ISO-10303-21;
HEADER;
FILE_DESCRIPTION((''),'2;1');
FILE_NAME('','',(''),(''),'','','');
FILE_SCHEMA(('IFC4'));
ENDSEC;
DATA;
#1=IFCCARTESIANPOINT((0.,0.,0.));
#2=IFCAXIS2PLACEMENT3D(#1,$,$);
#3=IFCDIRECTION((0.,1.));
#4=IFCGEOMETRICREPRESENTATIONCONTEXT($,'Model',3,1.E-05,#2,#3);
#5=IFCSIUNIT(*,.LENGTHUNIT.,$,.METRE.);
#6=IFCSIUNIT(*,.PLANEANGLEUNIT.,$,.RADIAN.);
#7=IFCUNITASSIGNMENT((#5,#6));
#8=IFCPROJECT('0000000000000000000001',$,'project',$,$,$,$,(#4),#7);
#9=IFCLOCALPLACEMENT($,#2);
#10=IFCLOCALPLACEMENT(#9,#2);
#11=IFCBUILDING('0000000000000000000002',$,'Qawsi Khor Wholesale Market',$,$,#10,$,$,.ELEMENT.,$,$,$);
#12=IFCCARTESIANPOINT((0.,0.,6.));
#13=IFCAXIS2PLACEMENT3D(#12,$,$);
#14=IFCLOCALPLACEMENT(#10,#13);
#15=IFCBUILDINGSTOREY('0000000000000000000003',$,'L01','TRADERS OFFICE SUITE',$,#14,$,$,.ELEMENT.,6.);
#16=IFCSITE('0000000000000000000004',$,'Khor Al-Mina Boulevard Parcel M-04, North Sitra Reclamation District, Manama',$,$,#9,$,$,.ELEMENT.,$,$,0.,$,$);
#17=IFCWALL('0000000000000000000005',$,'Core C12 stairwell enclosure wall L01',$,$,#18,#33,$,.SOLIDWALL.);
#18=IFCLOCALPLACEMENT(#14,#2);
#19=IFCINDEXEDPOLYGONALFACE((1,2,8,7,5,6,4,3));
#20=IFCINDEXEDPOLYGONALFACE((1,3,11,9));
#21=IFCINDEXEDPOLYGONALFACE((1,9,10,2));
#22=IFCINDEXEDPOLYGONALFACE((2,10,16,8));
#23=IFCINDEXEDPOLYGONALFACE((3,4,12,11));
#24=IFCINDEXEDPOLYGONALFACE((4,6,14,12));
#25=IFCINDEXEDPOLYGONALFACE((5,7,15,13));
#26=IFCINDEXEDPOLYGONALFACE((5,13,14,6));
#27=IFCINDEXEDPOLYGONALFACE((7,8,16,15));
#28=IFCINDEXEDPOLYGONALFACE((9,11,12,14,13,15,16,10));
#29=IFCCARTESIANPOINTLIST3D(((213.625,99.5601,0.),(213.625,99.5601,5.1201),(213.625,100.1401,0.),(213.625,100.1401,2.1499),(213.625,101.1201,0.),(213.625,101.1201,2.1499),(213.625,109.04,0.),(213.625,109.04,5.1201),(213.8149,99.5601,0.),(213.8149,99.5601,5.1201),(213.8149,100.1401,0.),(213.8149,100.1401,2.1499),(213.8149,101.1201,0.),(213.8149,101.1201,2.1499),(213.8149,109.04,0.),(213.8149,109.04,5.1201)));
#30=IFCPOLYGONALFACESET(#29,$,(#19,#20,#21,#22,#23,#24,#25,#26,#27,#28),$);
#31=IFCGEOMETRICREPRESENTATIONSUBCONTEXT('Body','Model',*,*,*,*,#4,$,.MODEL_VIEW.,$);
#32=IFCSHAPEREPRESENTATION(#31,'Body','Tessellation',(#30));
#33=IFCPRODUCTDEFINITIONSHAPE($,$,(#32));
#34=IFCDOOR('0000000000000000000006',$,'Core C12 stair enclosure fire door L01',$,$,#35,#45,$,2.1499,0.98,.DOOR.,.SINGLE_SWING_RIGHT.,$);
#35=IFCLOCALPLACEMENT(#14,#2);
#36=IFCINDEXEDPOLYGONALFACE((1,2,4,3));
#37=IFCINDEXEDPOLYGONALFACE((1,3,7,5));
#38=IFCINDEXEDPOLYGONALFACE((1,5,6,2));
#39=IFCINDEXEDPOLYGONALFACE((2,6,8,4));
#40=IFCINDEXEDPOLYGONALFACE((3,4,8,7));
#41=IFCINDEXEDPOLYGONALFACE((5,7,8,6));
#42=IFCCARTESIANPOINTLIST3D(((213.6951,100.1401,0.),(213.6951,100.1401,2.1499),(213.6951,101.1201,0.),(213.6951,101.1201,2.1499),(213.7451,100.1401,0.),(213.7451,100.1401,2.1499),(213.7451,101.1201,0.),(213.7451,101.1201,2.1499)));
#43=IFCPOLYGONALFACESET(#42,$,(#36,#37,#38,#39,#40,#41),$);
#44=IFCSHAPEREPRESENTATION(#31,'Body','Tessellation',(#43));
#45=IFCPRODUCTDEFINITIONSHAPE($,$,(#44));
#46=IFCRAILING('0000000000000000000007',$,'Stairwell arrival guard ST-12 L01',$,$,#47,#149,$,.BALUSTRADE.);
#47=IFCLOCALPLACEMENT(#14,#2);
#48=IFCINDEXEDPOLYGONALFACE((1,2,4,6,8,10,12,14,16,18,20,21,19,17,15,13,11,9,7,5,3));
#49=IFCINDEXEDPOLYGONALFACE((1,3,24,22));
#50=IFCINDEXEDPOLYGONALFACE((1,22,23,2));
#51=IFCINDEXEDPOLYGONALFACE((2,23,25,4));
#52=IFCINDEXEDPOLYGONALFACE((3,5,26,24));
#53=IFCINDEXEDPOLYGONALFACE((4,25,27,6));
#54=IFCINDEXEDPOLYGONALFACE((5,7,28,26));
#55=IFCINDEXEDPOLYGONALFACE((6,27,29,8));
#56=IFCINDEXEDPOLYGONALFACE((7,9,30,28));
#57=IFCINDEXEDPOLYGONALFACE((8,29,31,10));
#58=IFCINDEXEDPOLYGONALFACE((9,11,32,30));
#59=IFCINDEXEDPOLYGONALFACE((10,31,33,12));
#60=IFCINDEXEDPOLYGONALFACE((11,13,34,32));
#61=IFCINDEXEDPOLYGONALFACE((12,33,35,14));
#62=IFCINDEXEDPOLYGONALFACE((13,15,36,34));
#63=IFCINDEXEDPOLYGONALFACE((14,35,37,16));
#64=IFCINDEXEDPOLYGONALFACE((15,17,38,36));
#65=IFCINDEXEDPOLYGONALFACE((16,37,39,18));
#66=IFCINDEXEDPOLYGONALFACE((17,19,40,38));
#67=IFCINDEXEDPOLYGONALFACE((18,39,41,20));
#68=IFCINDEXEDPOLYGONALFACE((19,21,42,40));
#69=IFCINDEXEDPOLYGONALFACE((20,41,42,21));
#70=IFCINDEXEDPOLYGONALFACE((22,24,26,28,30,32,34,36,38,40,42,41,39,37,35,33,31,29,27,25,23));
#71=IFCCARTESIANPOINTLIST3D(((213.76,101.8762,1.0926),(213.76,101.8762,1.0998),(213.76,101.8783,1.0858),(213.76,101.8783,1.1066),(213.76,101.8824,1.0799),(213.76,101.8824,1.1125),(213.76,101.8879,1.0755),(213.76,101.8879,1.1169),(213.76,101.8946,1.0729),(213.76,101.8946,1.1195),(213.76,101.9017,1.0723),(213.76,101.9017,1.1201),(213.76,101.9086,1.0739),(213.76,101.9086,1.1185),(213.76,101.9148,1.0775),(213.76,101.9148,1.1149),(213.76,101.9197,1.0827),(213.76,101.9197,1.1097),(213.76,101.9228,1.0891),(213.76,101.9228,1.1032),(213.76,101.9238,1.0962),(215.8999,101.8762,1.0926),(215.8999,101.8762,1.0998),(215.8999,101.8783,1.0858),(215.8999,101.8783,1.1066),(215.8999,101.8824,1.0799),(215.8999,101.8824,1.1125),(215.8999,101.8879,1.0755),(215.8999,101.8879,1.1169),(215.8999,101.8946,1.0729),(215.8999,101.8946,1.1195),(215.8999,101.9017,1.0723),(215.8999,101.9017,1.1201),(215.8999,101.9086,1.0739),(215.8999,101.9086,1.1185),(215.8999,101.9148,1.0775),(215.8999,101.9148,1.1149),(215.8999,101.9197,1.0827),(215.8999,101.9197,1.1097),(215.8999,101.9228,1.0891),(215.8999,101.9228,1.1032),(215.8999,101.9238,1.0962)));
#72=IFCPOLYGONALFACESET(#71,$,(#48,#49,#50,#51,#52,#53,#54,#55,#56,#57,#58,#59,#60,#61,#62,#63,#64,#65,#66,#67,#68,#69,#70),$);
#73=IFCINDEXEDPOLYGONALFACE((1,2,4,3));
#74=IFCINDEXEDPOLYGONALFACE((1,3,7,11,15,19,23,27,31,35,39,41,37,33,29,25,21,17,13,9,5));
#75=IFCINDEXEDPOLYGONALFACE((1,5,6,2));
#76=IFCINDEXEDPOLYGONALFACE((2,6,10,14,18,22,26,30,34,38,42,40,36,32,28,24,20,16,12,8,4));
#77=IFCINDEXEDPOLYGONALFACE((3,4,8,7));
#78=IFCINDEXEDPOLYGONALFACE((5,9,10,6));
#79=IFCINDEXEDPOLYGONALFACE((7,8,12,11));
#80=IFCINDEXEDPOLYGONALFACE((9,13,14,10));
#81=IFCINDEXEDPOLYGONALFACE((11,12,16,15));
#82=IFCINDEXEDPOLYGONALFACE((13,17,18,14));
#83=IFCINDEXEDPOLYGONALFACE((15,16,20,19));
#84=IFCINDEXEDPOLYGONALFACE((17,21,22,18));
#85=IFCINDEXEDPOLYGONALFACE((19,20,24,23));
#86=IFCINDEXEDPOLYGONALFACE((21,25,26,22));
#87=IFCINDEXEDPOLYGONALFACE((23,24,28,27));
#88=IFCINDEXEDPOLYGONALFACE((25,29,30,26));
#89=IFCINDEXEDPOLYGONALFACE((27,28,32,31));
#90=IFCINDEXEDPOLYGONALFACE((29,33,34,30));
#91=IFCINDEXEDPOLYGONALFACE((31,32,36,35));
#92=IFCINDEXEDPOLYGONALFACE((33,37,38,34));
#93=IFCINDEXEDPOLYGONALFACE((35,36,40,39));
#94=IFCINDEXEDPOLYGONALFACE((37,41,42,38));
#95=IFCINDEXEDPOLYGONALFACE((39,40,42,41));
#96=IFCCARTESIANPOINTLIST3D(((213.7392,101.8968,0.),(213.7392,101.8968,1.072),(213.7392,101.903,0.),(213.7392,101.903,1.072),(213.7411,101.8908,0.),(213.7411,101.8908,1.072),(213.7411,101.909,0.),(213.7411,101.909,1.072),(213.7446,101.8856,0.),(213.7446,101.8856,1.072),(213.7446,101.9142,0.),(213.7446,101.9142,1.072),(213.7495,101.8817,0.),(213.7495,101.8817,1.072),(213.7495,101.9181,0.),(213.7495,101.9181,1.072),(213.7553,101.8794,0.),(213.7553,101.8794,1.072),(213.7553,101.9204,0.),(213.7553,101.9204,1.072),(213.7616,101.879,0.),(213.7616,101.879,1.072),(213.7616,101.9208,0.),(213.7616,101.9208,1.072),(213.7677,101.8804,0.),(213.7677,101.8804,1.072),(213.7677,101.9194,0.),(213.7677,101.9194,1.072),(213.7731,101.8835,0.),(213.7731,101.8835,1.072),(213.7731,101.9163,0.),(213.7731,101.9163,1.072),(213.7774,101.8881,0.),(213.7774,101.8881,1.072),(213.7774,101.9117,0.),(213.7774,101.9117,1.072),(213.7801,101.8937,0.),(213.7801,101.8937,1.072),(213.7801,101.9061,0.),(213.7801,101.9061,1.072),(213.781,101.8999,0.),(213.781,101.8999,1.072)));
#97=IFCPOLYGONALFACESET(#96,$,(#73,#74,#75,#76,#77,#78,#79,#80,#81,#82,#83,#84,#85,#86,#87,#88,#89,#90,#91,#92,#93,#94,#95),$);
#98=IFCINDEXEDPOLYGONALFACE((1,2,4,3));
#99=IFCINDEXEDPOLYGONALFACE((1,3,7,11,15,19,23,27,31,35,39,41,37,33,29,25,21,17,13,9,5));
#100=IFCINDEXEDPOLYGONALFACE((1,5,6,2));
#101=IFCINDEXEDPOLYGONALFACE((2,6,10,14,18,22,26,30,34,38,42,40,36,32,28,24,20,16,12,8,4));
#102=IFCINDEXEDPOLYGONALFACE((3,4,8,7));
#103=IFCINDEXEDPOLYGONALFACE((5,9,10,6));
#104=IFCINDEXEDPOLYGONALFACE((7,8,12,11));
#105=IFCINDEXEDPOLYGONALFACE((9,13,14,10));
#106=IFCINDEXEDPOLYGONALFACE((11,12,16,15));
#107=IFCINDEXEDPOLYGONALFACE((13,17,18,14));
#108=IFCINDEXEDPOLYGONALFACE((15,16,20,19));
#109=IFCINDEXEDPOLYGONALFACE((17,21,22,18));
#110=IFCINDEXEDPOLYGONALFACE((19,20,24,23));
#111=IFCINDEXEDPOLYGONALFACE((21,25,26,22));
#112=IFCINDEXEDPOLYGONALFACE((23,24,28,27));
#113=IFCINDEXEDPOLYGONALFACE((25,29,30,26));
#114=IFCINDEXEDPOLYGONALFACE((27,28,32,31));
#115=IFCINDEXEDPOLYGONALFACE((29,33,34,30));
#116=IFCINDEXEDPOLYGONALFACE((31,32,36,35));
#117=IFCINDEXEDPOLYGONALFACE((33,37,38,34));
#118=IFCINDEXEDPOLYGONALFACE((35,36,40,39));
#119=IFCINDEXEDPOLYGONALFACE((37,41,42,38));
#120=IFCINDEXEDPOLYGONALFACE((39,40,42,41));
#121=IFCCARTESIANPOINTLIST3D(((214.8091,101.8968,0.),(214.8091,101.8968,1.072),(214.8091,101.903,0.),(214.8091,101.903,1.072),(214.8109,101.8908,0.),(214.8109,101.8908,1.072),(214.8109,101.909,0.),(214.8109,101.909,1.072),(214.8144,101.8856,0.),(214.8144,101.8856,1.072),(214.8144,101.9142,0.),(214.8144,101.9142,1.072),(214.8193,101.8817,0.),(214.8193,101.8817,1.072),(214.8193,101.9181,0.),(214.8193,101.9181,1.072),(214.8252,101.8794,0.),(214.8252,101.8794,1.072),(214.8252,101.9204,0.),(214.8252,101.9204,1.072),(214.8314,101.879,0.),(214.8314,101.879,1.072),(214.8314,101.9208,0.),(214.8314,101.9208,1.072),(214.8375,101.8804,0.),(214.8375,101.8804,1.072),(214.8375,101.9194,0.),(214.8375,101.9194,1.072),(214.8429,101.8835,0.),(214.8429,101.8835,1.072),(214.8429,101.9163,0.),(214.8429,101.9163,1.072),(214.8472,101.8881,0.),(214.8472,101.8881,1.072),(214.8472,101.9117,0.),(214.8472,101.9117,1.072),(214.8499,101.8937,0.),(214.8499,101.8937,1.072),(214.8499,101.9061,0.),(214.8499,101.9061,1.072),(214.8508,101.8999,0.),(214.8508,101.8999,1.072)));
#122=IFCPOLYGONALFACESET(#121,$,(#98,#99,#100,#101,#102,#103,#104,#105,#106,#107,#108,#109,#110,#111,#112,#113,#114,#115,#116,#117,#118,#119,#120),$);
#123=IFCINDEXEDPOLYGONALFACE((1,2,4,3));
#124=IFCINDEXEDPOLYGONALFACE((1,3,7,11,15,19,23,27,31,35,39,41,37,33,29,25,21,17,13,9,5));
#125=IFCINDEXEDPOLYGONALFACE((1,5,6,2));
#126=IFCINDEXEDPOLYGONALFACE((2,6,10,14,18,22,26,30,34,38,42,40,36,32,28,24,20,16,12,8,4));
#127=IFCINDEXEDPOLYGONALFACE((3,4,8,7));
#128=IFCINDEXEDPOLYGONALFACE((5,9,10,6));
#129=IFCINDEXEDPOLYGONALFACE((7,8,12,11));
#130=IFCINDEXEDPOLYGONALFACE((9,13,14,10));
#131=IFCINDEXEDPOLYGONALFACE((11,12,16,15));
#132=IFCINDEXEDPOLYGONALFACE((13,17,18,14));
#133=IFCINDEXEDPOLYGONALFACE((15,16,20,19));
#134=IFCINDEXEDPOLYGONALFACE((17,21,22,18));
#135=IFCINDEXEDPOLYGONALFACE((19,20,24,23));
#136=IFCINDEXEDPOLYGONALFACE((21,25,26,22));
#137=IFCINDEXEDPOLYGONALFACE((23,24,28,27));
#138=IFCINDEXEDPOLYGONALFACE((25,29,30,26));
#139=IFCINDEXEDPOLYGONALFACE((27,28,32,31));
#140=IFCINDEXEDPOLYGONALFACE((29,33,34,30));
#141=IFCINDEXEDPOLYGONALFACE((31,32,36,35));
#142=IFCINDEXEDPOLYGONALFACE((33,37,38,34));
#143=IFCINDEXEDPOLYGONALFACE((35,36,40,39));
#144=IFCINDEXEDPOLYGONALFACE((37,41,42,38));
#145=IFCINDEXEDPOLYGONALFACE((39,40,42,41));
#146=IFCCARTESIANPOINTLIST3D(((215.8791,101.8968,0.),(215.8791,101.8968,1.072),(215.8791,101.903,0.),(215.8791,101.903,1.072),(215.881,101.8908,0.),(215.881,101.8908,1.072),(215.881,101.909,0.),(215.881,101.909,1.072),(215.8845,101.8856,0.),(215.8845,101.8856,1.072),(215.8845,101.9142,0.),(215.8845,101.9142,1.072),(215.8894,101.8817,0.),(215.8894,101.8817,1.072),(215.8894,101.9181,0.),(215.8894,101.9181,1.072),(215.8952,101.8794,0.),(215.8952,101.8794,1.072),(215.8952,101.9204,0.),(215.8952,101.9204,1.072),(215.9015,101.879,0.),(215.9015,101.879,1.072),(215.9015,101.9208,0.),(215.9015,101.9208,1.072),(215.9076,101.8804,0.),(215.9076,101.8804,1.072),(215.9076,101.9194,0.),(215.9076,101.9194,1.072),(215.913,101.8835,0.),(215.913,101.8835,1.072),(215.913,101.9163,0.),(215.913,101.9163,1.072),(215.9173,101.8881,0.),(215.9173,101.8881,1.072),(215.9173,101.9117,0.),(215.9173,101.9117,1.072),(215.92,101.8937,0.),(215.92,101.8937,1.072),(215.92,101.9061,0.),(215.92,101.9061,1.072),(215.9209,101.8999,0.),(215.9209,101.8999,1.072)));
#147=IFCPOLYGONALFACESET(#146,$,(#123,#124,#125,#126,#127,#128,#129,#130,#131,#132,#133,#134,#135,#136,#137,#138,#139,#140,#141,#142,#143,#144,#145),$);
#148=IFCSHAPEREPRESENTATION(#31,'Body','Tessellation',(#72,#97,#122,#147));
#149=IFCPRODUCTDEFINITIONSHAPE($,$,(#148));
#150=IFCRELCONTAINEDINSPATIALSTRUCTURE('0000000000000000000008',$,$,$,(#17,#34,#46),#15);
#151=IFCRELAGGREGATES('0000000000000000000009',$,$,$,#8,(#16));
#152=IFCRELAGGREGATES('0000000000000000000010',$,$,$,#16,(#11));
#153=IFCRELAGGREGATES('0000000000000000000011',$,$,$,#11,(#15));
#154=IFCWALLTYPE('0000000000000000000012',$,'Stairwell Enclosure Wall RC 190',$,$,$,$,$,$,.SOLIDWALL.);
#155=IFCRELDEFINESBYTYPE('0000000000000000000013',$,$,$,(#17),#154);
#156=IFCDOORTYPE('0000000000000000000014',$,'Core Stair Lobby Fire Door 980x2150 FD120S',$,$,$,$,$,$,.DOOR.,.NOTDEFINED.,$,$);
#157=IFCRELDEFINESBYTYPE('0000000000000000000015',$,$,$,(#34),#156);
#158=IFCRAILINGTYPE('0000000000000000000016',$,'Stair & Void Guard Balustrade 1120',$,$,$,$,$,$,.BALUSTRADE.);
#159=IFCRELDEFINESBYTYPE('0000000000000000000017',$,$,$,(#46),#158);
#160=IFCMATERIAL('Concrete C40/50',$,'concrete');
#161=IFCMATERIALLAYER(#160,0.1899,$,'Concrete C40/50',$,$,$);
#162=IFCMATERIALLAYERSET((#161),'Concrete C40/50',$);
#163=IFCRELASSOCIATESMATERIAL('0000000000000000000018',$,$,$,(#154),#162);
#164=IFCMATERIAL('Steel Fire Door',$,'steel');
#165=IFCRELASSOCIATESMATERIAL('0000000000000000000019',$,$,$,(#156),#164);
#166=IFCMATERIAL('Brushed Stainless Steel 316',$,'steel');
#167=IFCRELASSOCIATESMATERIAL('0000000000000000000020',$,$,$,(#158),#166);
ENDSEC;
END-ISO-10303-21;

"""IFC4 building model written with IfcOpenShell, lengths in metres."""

from ifc_helpers import new_model, si_unit, direction, frame, frame_2d, origin, origin_2d, place, context, subcontext, project, spatial, rectangle, circle, extrude, material, layer, layer_set, type_object, element, fill, save


model = new_model("IFC4")

# Units and contexts
model_context = context("Model", 3, precision=1e-05, world=origin(), true_north=direction((0.0, 1.0)))
body_context = subcontext(model_context, "Body", "Model", "MODEL_VIEW")
ifc_project = project(units=[si_unit("LENGTHUNIT", "METRE"), si_unit("PLANEANGLEUNIT", "RADIAN")], contexts=[model_context])

# Site, building, storey
site_placement = place(None, origin())
site = spatial("IfcSite", under=ifc_project, at=site_placement, Name="Khor Al-Mina Boulevard Parcel M-04, North Sitra Reclamation District, Manama", CompositionType="ELEMENT", RefElevation=0.0)
building_placement = place(site_placement, origin())
building = spatial("IfcBuilding", under=site, at=building_placement, Name="Qawsi Khor Wholesale Market", CompositionType="ELEMENT")
storey_placement = place(building_placement, frame((0.0, 0.0, 6.0)))
storey = spatial("IfcBuildingStorey", under=building, at=storey_placement, Name="L01", Description="TRADERS OFFICE SUITE", CompositionType="ELEMENT", Elevation=6.0)

# Shared definitions
ifc_material_1 = material(Name="Concrete C40/50", Category="concrete")

# Shared definitions
ifc_material_2 = material(Name="Steel Fire Door", Category="steel")

# Wall, opening, door
ifc_layer_1 = layer(ifc_material_1, 0.1899, Name="Concrete C40/50")
ifc_layer_set_1 = layer_set([ifc_layer_1], Name="Concrete C40/50")
wall_type_1 = type_object("IfcWallType", Name="Stairwell Enclosure Wall RC 190", PredefinedType="SOLIDWALL", material=ifc_layer_set_1)
wall_1_placement = place(storey_placement, frame((213.72, 99.5601, 0.0), z_axis=(0.0, 0.0, 1.0), x_axis=(0.0, 1.0, 0.0)))
wall_1 = element("IfcWall", 1, at=wall_1_placement, inside=storey, type_object=wall_type_1, Name="Core C12 stairwell enclosure wall L01", PredefinedType="SOLIDWALL", context=body_context, shape_type="SweptSolid", body=[
    extrude(rectangle(XDim=9.48, YDim=0.1899, at=frame_2d((4.74, 0.0))), origin(), (0.0, 0.0, 1.0), 5.1201),
])
opening_1_placement = place(wall_1_placement, frame((0.5801, 0.0, 0.0)))
opening_1 = element("IfcOpeningElement", 2, at=opening_1_placement, cuts=wall_1, PredefinedType="OPENING", context=body_context, shape_type="SweptSolid", body=[
    extrude(rectangle(XDim=0.98, YDim=2.1499, at=frame_2d((0.49, 1.075))), frame((0.0, 0.105, 0.0), z_axis=(0.0, -1.0, 0.0), x_axis=(1.0, 0.0, 0.0)), (0.0, 0.0, 1.0), 0.21),
])
door_type_1 = type_object("IfcDoorType", Name="Core Stair Lobby Fire Door 980x2150 FD120S", OperationType="NOTDEFINED", PredefinedType="DOOR", material=ifc_material_2)
door_1_placement = place(opening_1_placement, origin())
door_1 = element("IfcDoor", 3, at=door_1_placement, inside=storey, type_object=door_type_1, Name="Core C12 stair enclosure fire door L01", OperationType="SINGLE_SWING_RIGHT", OverallHeight=2.1499, OverallWidth=0.98, PredefinedType="DOOR", context=body_context, shape_type="SweptSolid", body=[
    extrude(rectangle(XDim=0.98, YDim=2.1499, at=frame_2d((0.49, 1.075))), frame((0.0, 0.0249, 0.0), z_axis=(0.0, -1.0, 0.0), x_axis=(1.0, 0.0, 0.0)), (0.0, 0.0, 1.0), 0.05),
])
fill(opening_1, door_1)

# Railing
ifc_material_3 = material(Name="Brushed Stainless Steel 316", Category="steel")
railing_type = type_object("IfcRailingType", Name="Stair & Void Guard Balustrade 1120", PredefinedType="BALUSTRADE", material=ifc_material_3)
railing_placement = place(storey_placement, frame((213.76, 101.8999, 0.0)))
element("IfcRailing", 4, at=railing_placement, inside=storey, type_object=railing_type, Name="Stairwell arrival guard ST-12 L01", PredefinedType="BALUSTRADE", context=body_context, shape_type="SweptSolid", body=[
    extrude(circle(Radius=0.0239, at=origin_2d()), frame((0.0, 0.0, 1.0962), z_axis=(1.0, 0.0, 0.0), x_axis=(0.0, 1.0, 0.0)), (0.0, 0.0, 1.0), 2.1399),
    extrude(circle(Radius=0.021, at=origin_2d()), origin(), (0.0, 0.0, 1.0), 1.072),
    extrude(circle(Radius=0.021, at=origin_2d()), frame((1.0698, 0.0, 0.0)), (0.0, 0.0, 1.0), 1.072),
    extrude(circle(Radius=0.021, at=origin_2d()), frame((2.1399, 0.0, 0.0)), (0.0, 0.0, 1.0), 1.072),
])

save(model, "model.ifc")
